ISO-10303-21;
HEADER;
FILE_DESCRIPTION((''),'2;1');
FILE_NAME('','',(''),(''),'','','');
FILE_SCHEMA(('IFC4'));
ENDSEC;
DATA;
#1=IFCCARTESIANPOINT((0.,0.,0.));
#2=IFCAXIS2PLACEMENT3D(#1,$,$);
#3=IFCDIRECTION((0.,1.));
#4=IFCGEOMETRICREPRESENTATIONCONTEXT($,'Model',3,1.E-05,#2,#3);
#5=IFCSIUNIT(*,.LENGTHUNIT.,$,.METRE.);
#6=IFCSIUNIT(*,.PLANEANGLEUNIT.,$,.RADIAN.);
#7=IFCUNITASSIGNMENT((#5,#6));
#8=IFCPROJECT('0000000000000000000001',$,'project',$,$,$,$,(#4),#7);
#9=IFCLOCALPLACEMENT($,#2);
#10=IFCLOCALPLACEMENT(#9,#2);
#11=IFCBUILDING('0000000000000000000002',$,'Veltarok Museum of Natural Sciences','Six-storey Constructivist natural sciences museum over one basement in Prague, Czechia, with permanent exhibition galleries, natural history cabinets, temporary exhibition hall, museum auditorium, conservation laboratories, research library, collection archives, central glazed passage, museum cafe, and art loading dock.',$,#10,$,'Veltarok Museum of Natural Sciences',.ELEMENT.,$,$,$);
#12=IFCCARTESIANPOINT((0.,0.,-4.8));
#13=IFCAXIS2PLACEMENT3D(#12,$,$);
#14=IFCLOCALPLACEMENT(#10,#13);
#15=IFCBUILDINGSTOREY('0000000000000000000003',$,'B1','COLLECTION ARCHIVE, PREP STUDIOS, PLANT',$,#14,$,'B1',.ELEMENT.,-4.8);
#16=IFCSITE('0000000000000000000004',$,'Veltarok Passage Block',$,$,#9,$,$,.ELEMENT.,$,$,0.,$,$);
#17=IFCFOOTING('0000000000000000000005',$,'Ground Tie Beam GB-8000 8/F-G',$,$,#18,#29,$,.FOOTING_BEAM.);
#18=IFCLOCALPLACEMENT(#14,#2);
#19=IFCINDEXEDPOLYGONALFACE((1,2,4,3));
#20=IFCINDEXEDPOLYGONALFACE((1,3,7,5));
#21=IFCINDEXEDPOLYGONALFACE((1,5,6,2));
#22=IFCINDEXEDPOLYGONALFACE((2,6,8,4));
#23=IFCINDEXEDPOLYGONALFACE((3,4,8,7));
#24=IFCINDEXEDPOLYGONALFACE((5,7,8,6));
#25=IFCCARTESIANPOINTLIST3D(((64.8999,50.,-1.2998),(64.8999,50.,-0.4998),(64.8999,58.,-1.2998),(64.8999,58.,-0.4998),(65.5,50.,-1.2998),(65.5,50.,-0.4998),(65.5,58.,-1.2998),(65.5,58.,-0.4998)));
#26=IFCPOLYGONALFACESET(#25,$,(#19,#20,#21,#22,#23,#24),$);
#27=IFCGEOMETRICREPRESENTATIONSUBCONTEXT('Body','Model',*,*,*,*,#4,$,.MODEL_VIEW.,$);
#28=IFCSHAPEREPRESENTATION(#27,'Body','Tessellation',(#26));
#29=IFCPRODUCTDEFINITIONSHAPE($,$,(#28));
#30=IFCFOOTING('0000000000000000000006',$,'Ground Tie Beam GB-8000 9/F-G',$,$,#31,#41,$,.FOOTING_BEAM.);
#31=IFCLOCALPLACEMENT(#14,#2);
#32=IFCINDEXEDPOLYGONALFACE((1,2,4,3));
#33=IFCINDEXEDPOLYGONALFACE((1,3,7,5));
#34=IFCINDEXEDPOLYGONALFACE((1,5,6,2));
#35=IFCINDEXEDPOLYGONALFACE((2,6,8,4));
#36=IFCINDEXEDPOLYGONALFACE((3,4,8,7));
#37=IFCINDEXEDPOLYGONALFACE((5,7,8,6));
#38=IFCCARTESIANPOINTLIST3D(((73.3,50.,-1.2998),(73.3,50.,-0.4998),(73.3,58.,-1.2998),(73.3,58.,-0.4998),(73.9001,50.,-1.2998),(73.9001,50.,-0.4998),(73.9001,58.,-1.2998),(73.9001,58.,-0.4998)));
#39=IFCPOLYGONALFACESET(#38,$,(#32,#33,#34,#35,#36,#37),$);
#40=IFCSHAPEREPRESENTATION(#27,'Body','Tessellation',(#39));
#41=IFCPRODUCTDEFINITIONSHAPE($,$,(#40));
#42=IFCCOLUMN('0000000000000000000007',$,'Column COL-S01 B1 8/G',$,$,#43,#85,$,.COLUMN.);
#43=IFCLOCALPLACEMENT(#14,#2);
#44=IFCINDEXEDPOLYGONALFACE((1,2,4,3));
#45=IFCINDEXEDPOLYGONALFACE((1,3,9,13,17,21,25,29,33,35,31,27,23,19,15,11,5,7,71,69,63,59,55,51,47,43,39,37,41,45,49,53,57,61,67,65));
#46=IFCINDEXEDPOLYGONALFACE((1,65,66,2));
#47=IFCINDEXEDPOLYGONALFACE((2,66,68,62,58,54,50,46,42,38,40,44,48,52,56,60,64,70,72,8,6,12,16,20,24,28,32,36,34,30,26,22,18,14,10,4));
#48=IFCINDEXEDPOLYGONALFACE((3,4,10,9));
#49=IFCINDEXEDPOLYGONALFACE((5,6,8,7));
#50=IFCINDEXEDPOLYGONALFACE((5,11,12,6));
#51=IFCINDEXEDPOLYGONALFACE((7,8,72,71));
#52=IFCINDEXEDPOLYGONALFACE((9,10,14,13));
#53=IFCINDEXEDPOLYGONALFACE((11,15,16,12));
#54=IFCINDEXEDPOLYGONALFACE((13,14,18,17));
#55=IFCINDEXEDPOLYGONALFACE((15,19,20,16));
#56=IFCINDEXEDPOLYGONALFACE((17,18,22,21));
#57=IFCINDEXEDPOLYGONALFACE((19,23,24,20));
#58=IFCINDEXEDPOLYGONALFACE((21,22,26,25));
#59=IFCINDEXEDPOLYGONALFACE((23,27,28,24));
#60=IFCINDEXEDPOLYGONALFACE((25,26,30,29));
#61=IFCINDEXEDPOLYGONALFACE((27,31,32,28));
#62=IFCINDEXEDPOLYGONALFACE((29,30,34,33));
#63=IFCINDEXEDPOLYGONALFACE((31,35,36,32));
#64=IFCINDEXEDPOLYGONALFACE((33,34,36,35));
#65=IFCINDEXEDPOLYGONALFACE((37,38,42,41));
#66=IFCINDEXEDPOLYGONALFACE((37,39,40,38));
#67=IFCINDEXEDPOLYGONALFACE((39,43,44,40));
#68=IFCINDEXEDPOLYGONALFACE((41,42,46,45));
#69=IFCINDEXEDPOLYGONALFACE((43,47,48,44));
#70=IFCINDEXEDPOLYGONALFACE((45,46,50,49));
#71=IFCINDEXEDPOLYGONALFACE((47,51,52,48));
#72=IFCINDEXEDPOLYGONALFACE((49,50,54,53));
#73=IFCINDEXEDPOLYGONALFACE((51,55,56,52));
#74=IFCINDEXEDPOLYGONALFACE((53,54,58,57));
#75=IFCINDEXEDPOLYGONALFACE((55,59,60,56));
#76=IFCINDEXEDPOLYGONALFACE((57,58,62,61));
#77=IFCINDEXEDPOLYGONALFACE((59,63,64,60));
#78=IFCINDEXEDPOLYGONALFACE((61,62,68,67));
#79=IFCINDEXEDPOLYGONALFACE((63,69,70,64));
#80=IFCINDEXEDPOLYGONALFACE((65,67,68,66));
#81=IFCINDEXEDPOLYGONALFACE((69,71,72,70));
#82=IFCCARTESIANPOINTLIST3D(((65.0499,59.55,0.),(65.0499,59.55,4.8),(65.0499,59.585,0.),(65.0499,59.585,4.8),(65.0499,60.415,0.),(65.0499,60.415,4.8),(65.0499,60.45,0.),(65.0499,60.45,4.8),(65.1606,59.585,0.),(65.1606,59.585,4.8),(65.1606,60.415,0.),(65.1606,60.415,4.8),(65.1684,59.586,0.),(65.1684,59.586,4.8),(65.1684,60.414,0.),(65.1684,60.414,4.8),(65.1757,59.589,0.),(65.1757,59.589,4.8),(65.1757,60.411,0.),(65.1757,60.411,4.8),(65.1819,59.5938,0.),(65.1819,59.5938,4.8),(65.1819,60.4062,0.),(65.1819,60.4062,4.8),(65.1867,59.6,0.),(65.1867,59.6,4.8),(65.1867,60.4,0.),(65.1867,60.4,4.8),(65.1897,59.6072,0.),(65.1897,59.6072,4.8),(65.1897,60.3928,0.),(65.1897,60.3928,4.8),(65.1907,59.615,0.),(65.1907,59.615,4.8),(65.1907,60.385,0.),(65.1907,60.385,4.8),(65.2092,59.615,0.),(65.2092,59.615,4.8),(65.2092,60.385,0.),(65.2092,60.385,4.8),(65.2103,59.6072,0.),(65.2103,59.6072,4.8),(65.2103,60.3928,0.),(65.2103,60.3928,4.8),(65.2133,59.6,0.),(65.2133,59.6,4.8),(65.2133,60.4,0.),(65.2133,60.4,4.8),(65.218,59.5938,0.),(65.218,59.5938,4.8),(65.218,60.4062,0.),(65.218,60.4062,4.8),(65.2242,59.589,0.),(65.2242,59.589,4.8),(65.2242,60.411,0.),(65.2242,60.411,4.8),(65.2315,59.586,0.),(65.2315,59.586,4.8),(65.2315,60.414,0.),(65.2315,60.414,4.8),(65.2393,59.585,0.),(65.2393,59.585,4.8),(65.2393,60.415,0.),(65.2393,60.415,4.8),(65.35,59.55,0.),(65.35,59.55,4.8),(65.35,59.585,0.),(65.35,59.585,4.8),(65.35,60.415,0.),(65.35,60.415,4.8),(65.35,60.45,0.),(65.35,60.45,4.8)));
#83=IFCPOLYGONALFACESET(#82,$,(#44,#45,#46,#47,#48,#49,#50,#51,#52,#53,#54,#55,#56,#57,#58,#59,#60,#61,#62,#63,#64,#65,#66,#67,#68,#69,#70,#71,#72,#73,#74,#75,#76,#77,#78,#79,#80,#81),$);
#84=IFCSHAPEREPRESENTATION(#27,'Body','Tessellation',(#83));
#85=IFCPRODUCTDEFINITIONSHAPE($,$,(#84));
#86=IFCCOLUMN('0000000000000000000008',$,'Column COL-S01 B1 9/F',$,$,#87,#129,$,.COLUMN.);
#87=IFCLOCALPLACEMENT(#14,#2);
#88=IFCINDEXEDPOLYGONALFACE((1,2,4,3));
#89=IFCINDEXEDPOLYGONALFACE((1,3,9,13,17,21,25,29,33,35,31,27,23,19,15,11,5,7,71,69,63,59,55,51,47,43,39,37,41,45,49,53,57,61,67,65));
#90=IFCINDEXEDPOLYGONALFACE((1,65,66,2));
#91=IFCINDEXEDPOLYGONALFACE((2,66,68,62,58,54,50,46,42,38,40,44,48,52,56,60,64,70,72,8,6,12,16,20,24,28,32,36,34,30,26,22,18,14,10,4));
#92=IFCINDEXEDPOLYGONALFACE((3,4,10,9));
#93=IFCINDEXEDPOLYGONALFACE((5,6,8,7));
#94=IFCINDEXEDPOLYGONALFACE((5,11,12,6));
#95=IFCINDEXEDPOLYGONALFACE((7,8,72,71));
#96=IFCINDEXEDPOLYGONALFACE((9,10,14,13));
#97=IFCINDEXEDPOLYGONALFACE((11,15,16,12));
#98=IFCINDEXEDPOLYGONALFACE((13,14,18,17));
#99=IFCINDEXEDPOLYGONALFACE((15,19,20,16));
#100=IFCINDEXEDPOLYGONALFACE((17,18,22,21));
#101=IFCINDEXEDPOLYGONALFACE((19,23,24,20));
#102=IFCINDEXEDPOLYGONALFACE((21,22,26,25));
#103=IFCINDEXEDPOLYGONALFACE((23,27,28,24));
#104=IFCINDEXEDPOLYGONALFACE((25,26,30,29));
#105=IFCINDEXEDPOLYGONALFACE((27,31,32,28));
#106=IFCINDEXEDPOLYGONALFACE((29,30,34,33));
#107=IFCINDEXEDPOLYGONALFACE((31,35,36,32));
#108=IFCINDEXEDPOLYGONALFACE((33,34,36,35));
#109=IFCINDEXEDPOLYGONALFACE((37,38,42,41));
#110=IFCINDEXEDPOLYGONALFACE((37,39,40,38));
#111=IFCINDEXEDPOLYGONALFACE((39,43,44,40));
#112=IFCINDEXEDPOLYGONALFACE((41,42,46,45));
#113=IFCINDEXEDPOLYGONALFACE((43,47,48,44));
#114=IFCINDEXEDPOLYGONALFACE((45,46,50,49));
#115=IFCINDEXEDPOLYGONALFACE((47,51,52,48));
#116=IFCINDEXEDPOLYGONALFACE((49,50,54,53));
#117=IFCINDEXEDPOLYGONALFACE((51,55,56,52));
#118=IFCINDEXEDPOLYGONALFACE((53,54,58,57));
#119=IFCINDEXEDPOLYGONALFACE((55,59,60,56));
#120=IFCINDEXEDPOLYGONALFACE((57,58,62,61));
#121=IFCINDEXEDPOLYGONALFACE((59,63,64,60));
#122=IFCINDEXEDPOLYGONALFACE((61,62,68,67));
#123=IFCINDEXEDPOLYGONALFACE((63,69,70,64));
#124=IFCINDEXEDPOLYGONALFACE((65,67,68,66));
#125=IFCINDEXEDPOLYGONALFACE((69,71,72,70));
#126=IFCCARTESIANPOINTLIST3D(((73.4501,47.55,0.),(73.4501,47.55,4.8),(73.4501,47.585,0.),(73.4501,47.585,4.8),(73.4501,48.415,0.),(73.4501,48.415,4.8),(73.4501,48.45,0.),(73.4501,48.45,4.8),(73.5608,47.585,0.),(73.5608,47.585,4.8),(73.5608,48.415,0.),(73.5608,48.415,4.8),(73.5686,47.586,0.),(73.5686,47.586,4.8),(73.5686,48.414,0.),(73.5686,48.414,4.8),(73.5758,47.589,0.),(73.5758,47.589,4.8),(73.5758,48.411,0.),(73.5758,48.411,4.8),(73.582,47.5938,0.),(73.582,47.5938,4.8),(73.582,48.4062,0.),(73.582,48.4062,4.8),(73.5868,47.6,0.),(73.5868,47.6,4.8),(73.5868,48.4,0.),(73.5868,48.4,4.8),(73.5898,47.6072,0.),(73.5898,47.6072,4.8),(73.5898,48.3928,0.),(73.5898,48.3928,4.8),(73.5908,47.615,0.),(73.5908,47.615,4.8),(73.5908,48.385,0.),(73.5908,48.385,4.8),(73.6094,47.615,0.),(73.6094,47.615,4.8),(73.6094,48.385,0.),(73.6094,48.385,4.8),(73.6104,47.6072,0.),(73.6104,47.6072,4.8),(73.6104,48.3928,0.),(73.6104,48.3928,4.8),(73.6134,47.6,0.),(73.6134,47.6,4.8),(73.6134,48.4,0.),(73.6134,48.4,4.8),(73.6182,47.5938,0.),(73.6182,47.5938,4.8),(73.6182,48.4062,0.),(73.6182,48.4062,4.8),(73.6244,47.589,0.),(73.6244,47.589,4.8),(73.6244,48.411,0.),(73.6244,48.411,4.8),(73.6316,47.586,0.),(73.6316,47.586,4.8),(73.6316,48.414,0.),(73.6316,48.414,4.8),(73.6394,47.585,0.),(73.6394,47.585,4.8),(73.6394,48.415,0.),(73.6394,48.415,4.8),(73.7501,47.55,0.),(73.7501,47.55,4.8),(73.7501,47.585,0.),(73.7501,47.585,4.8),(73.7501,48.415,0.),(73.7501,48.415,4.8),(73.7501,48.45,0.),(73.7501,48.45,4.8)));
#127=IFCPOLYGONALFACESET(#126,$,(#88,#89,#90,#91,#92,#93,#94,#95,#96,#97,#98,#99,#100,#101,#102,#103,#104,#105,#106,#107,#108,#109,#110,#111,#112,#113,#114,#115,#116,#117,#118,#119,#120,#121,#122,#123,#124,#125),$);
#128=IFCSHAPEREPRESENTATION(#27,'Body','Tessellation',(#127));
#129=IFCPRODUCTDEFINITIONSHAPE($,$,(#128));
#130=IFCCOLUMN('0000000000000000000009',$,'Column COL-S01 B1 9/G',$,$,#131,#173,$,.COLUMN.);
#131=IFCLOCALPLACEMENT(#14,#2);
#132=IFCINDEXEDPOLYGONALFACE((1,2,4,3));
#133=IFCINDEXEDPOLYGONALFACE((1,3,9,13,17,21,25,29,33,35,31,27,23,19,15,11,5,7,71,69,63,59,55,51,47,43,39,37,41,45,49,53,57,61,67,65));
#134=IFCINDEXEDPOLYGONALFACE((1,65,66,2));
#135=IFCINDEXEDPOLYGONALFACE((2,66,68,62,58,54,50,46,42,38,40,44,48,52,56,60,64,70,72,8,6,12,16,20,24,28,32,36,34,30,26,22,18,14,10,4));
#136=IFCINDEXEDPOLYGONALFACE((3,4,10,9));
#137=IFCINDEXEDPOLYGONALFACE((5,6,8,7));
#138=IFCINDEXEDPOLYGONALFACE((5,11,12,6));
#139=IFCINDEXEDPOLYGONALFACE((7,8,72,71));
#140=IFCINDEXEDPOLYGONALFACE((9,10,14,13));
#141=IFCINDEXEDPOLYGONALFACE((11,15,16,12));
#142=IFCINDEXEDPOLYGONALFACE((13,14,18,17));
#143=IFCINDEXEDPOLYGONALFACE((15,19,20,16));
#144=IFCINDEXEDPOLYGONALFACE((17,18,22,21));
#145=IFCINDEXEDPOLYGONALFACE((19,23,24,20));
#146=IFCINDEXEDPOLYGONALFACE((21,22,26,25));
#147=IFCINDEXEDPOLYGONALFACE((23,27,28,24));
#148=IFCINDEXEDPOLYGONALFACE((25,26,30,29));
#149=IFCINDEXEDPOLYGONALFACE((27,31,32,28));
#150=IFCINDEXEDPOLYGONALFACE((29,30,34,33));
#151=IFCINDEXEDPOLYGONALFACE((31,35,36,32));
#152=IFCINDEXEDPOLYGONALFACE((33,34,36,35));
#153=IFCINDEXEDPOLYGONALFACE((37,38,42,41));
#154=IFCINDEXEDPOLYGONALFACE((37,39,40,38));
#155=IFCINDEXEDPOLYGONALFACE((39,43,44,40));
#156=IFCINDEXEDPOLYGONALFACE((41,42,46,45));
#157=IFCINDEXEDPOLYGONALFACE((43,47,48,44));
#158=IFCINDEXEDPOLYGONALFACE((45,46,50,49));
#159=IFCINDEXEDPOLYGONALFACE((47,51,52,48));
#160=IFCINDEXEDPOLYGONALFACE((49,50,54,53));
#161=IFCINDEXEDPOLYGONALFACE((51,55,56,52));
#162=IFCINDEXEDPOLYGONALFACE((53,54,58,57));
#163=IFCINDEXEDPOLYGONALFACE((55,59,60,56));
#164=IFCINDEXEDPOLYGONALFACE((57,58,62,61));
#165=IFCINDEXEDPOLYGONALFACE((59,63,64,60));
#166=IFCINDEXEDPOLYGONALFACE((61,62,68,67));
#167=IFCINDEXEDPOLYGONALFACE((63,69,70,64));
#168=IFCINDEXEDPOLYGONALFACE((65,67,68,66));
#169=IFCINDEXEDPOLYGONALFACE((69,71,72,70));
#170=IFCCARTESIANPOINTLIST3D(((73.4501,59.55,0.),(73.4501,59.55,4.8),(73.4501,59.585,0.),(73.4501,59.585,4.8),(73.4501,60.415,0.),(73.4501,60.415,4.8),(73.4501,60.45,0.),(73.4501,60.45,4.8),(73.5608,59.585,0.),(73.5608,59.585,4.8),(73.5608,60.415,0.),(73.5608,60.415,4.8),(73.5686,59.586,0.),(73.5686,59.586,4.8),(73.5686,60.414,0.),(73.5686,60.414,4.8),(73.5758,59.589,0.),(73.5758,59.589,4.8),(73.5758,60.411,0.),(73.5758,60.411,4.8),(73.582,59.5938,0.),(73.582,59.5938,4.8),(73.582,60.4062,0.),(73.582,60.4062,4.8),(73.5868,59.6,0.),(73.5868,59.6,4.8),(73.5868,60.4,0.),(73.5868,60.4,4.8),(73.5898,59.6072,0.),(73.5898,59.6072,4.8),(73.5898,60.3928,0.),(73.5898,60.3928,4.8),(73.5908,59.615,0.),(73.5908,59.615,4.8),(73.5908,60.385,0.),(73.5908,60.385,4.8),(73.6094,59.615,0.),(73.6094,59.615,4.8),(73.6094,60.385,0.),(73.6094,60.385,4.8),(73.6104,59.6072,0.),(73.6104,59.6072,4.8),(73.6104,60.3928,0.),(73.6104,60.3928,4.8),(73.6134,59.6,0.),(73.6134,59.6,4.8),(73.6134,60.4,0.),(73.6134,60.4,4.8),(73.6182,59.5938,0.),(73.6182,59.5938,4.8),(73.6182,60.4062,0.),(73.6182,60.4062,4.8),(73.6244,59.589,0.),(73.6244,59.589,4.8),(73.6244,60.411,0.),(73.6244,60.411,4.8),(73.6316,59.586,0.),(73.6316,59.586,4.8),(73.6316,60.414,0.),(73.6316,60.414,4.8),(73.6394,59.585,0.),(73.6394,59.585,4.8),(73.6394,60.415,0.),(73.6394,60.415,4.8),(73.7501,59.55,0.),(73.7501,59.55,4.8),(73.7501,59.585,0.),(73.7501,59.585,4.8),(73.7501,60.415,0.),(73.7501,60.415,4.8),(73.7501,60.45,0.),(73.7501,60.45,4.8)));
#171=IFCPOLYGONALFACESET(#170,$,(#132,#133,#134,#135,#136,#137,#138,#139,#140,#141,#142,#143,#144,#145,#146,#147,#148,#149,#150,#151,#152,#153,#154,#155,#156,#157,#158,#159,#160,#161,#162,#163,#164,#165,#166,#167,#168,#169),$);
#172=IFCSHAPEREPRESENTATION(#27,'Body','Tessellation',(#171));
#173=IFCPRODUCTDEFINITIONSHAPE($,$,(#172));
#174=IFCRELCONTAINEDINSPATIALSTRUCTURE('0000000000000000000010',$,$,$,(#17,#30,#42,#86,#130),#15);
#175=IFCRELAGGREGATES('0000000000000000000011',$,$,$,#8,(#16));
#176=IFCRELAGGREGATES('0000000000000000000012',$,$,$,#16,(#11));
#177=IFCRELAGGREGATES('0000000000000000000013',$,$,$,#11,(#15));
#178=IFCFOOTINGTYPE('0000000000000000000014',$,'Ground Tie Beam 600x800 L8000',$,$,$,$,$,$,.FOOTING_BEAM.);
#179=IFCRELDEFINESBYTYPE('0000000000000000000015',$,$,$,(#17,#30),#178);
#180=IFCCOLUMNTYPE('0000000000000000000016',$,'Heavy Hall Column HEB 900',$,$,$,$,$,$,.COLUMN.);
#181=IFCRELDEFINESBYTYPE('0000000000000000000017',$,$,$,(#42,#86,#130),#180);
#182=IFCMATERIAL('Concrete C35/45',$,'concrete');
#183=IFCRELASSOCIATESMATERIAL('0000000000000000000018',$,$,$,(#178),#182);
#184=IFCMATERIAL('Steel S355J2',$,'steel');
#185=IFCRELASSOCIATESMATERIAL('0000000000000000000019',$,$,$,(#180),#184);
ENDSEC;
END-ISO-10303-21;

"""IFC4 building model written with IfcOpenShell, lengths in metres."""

from ifc_helpers import new_model, si_unit, direction, frame, origin, origin_2d, place, context, subcontext, project, spatial, rectangle, i_section, extrude, material, material_profile, profile_set, type_object, element, save


model = new_model("IFC4")

# Units and contexts
model_context = context("Model", 3, precision=1e-05, world=origin(), true_north=direction((0.0, 1.0)))
body_context = subcontext(model_context, "Body", "Model", "MODEL_VIEW")
ifc_project = project(units=[si_unit("LENGTHUNIT", "METRE"), si_unit("PLANEANGLEUNIT", "RADIAN")], contexts=[model_context])

# Site, building, storey
site_placement = place(None, origin())
site = spatial("IfcSite", under=ifc_project, at=site_placement, Name="Veltarok Passage Block", CompositionType="ELEMENT", RefElevation=0.0)
building_placement = place(site_placement, origin())
building = spatial("IfcBuilding", under=site, at=building_placement, Name="Veltarok Museum of Natural Sciences", Description="Six-storey Constructivist natural sciences museum over one basement in Prague, Czechia, with permanent exhibition galleries, natural history cabinets, temporary exhibition hall, museum auditorium, conservation laboratories, research library, collection archives, central glazed passage, museum cafe, and art loading dock.", LongName="Veltarok Museum of Natural Sciences", CompositionType="ELEMENT")
storey_placement = place(building_placement, frame((0.0, 0.0, -4.8)))
storey = spatial("IfcBuildingStorey", under=building, at=storey_placement, Name="B1", Description="COLLECTION ARCHIVE, PREP STUDIOS, PLANT", LongName="B1", CompositionType="ELEMENT", Elevation=-4.8)

# Shared definitions
ifc_material_1 = material(Name="Concrete C35/45", Category="concrete")

# Footings
footing_type_1 = type_object("IfcFootingType", Name="Ground Tie Beam 600x800 L8000", PredefinedType="FOOTING_BEAM", material=ifc_material_1)
for number, where, z_axis, x_axis, name in (
    (1, (65.2, 54.0, -1.2998), (0.0, 0.0, 1.0), (0.0, 1.0, 0.0), "Ground Tie Beam GB-8000 8/F-G"),
    (2, (73.6001, 54.0, -1.2998), (0.0, 0.0, 1.0), (0.0, 1.0, 0.0), "Ground Tie Beam GB-8000 9/F-G"),
):
    element("IfcFooting", number, at=place(storey_placement, frame(where, z_axis=z_axis, x_axis=x_axis)), inside=storey, type_object=footing_type_1, Name=name, PredefinedType="FOOTING_BEAM", context=body_context, shape_type="SweptSolid", body=[
        extrude(rectangle(XDim=8.0, YDim=0.6001, at=origin_2d()), origin(), (0.0, 0.0, 1.0), 0.8),
    ])

# Columns
ifc_material_2 = material(Name="Steel S355J2", Category="steel")
ifc_material_profile_1 = material_profile(ifc_material_2, i_section(OverallWidth=0.3, OverallDepth=0.8999, WebThickness=0.0186, FlangeThickness=0.0349, FilletRadius=0.03, at=origin_2d()), Name="HEB 900")
ifc_profile_set_1 = profile_set([ifc_material_profile_1], Name="Steel S355J2")
column_type_1 = type_object("IfcColumnType", Name="Heavy Hall Column HEB 900", PredefinedType="COLUMN", material=ifc_profile_set_1)
for number, where, z_axis, x_axis, name in (
    (3, (65.2, 60.0, 0.0), (0.0, 0.0, 1.0), (1.0, 0.0, 0.0), "Column COL-S01 B1 8/G"),
    (4, (73.6001, 48.0, 0.0), (0.0, 0.0, 1.0), (1.0, 0.0, 0.0), "Column COL-S01 B1 9/F"),
    (5, (73.6001, 60.0, 0.0), (0.0, 0.0, 1.0), (1.0, 0.0, 0.0), "Column COL-S01 B1 9/G"),
):
    element("IfcColumn", number, at=place(storey_placement, frame(where, z_axis=z_axis, x_axis=x_axis)), inside=storey, type_object=column_type_1, Name=name, PredefinedType="COLUMN", context=body_context, shape_type="SweptSolid", body=[
        extrude(i_section(OverallWidth=0.3, OverallDepth=0.8999, WebThickness=0.0186, FlangeThickness=0.0349, FilletRadius=0.03, at=origin_2d()), origin(), (0.0, 0.0, 1.0), 4.8),
    ])

save(model, "model.ifc")
